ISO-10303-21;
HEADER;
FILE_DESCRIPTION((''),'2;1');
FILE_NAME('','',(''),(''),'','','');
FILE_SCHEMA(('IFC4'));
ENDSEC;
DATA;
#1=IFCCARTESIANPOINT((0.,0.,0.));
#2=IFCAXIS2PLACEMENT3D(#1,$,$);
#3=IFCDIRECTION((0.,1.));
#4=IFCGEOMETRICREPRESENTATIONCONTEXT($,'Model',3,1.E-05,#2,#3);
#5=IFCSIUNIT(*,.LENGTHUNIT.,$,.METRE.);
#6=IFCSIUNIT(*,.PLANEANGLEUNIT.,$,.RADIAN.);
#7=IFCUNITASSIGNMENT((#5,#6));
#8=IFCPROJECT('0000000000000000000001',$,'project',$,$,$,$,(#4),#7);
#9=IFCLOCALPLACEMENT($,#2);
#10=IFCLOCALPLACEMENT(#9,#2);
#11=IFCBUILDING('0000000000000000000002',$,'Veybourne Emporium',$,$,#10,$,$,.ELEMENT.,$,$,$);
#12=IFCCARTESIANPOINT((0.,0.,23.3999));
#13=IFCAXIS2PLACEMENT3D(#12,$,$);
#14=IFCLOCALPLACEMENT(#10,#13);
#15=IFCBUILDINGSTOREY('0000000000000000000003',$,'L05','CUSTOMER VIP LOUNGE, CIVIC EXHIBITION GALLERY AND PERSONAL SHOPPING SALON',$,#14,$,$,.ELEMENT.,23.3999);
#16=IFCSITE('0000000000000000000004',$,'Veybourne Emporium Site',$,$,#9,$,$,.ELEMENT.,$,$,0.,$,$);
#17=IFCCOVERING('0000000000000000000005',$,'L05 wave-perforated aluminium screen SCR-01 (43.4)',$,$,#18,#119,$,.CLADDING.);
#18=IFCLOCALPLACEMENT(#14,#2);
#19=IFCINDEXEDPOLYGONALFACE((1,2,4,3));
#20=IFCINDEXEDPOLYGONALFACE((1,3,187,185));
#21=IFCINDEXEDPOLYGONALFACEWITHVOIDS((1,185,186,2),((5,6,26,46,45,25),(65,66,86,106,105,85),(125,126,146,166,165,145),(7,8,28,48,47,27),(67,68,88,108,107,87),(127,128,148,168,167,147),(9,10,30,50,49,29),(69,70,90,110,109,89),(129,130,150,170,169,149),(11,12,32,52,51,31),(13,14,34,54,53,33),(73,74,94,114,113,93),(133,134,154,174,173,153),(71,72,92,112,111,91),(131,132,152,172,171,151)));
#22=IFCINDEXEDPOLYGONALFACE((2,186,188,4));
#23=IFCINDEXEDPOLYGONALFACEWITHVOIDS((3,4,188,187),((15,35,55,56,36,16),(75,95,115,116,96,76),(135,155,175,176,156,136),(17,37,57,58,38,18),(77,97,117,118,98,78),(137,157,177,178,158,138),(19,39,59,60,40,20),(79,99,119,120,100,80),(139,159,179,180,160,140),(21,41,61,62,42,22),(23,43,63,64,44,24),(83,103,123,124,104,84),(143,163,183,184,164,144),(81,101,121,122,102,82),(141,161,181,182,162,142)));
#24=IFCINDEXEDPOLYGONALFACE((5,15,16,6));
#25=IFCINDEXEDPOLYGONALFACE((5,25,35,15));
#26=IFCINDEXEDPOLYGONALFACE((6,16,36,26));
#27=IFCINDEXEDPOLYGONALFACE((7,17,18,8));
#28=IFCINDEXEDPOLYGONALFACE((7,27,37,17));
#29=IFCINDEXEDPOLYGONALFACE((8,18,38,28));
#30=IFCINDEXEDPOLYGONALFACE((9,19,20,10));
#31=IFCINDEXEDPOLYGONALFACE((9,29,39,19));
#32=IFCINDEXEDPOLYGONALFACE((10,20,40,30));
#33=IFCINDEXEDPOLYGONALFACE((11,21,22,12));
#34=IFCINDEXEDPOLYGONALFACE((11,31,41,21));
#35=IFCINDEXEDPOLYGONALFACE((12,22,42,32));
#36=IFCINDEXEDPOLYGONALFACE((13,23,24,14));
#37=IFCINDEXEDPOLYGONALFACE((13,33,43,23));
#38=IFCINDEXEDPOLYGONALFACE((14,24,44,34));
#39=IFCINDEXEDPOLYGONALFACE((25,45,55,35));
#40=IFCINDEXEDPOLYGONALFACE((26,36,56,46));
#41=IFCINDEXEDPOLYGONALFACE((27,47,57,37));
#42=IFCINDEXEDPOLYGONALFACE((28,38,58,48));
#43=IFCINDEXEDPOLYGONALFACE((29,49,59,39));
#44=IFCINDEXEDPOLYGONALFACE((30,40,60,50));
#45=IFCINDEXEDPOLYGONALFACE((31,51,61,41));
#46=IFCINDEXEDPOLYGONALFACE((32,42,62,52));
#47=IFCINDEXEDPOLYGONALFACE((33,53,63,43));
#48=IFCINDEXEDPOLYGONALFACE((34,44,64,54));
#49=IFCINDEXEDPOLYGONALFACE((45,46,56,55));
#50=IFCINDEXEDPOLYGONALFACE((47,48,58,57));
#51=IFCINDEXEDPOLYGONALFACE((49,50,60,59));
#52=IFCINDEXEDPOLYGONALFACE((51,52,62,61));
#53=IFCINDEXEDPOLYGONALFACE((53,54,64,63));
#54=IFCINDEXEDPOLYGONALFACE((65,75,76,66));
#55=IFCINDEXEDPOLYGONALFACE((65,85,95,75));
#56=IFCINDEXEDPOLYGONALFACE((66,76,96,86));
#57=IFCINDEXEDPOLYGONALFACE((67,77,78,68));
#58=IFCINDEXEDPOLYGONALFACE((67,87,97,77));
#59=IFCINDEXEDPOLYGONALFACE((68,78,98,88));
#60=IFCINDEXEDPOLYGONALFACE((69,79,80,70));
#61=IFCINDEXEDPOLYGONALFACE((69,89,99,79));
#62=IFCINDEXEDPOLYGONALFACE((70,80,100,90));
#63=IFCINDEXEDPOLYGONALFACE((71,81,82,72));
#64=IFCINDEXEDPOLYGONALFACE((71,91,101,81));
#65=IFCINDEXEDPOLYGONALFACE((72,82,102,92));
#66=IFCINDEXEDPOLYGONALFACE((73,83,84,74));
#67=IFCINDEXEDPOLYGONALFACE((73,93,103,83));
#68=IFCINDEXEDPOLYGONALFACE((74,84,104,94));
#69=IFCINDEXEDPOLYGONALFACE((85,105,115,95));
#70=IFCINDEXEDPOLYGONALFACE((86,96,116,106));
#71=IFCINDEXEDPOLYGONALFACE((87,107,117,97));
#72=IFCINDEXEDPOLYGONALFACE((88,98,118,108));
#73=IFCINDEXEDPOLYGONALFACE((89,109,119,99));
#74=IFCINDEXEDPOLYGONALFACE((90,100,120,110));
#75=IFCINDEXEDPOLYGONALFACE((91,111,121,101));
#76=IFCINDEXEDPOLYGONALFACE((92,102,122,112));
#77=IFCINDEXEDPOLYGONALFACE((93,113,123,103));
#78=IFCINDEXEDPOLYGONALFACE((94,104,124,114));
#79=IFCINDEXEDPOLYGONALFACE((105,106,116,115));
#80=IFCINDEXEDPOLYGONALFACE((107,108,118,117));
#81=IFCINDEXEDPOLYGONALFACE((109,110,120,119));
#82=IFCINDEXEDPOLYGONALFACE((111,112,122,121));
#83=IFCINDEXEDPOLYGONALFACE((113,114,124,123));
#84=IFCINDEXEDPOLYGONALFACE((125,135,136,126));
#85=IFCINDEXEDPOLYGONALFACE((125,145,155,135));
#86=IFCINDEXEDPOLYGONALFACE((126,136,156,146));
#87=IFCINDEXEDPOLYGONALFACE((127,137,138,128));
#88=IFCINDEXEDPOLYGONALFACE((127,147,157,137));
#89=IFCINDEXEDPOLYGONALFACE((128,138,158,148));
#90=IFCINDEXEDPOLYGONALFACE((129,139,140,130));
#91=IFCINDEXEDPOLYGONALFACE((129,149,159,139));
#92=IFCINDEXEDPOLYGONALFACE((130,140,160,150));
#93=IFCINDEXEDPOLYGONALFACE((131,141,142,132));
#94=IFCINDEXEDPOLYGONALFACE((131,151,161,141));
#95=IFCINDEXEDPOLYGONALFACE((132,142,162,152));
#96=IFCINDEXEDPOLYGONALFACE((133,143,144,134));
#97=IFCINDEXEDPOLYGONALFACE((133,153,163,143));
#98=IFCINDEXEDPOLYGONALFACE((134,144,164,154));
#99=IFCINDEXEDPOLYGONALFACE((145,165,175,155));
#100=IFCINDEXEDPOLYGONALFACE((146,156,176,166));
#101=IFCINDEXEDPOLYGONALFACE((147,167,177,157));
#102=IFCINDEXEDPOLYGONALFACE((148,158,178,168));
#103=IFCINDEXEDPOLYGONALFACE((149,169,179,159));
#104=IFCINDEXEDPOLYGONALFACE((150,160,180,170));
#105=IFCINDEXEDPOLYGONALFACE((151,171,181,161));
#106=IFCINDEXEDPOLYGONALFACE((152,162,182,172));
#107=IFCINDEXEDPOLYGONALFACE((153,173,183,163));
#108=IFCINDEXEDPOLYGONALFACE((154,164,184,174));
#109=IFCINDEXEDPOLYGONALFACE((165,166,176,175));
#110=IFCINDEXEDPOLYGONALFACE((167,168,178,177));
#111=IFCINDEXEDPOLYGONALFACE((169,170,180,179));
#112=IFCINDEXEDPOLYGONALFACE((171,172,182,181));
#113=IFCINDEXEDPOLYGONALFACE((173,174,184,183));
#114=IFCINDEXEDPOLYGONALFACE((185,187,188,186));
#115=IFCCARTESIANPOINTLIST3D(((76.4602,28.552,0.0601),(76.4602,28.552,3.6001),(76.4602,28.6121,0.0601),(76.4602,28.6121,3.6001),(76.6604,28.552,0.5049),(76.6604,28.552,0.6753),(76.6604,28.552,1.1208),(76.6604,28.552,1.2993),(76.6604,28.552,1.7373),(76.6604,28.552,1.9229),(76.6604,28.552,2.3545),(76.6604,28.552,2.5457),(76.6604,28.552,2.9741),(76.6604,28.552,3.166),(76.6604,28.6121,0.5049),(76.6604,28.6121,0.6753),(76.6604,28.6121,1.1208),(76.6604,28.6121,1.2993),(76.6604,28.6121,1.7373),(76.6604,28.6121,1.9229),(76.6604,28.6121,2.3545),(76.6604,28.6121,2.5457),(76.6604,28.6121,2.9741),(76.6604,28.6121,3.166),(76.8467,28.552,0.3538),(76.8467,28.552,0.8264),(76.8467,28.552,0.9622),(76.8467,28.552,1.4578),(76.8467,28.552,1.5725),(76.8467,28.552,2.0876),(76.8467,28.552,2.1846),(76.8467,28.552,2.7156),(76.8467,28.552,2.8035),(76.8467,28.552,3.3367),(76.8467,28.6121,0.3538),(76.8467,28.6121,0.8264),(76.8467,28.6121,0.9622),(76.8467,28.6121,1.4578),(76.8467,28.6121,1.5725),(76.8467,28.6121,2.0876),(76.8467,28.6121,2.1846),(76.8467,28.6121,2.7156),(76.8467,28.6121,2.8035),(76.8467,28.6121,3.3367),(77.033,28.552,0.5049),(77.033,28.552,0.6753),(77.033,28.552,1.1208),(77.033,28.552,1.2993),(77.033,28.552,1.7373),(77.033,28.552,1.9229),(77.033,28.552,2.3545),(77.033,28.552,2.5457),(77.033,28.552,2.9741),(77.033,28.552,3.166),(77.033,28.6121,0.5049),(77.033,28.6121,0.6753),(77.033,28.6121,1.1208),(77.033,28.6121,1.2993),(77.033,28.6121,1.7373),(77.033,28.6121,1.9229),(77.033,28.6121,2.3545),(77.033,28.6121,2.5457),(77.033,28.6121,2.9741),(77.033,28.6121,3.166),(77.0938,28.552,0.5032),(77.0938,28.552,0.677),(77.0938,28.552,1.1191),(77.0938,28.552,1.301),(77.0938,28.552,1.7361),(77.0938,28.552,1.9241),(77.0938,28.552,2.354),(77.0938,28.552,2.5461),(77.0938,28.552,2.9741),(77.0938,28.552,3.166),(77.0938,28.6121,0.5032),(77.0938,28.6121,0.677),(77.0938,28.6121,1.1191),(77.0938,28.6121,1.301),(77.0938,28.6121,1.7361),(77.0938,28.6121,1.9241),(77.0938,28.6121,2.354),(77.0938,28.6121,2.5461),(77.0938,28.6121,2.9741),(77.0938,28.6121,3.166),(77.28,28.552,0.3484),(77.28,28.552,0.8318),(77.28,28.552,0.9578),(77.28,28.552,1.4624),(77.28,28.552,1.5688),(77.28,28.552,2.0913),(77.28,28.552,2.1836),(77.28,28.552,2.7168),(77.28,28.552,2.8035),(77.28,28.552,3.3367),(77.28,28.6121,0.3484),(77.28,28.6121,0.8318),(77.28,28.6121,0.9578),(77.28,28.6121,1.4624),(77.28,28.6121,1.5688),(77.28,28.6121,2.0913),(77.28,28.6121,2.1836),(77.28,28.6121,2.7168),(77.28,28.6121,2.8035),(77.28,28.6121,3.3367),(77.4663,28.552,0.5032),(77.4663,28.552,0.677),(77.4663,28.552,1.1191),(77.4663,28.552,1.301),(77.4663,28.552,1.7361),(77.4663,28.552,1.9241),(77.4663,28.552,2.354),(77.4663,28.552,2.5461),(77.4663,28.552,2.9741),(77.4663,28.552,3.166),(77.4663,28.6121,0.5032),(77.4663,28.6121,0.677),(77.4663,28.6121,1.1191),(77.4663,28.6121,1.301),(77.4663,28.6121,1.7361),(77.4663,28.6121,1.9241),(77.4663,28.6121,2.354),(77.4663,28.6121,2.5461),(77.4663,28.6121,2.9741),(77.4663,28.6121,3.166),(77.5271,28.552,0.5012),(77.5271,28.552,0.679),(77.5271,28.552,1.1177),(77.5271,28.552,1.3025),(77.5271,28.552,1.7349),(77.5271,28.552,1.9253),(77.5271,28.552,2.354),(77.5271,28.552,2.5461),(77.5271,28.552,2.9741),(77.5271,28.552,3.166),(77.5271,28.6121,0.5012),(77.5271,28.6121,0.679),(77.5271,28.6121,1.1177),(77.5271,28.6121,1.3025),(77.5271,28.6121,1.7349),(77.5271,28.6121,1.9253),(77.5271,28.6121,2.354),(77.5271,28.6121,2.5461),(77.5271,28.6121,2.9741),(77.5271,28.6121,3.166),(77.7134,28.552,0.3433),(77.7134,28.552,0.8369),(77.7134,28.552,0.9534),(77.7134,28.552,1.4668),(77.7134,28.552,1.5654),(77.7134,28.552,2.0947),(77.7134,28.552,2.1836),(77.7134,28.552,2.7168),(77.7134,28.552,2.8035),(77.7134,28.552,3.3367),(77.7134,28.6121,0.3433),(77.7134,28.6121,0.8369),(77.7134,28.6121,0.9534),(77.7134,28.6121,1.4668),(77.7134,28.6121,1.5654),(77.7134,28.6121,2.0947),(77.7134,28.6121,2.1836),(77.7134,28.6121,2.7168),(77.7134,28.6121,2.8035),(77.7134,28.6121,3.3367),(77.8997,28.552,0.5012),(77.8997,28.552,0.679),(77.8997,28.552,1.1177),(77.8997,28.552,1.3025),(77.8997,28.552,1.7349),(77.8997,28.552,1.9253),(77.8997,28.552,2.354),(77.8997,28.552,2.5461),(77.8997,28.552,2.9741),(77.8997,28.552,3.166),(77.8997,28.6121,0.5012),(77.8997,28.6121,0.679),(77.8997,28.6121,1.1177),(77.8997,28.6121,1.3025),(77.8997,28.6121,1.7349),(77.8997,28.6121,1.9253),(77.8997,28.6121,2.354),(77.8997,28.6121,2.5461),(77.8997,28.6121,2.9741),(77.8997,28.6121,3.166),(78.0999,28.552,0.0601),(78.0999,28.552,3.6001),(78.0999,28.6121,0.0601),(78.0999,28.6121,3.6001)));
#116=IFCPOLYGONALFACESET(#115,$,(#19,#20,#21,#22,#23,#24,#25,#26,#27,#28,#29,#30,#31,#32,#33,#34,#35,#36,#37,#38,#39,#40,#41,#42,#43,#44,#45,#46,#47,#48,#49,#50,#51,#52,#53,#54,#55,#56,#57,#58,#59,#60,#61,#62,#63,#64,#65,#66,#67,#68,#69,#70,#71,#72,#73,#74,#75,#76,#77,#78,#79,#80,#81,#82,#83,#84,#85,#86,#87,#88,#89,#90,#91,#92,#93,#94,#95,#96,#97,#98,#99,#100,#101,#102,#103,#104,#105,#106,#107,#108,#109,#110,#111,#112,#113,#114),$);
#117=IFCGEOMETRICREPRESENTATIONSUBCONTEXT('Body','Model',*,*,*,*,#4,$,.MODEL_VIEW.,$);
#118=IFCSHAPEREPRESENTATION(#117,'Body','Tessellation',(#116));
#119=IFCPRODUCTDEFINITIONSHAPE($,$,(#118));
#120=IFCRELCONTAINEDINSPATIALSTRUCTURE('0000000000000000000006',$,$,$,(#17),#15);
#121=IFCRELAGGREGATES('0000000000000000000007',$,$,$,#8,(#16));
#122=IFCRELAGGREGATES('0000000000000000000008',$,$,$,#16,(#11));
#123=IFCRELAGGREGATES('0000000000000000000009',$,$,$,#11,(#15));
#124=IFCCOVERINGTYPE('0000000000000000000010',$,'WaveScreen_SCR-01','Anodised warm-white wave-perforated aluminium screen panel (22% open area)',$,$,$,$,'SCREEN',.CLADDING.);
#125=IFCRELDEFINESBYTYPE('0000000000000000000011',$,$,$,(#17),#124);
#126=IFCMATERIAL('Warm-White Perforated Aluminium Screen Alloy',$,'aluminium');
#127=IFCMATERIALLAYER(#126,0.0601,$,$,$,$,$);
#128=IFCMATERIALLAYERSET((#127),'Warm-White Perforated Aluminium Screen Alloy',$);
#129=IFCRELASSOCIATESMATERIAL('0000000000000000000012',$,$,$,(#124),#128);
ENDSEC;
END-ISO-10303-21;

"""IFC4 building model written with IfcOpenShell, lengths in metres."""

from ifc_helpers import new_model, si_unit, direction, frame, origin, place, context, subcontext, project, spatial, polyline, outline, extrude, material, layer, layer_set, type_object, element, save


model = new_model("IFC4")

# Units and contexts
model_context = context("Model", 3, precision=1e-05, world=origin(), true_north=direction((0.0, 1.0)))
body_context = subcontext(model_context, "Body", "Model", "MODEL_VIEW")
ifc_project = project(units=[si_unit("LENGTHUNIT", "METRE"), si_unit("PLANEANGLEUNIT", "RADIAN")], contexts=[model_context])

# Site, building, storey
site_placement = place(None, origin())
site = spatial("IfcSite", under=ifc_project, at=site_placement, Name="Veybourne Emporium Site", CompositionType="ELEMENT", RefElevation=0.0)
building_placement = place(site_placement, origin())
building = spatial("IfcBuilding", under=site, at=building_placement, Name="Veybourne Emporium", CompositionType="ELEMENT")
storey_placement = place(building_placement, frame((0.0, 0.0, 23.3999)))
storey = spatial("IfcBuildingStorey", under=building, at=storey_placement, Name="L05", Description="CUSTOMER VIP LOUNGE, CIVIC EXHIBITION GALLERY AND PERSONAL SHOPPING SALON", CompositionType="ELEMENT", Elevation=23.3999)

# Covering
ifc_material_1 = material(Name="Warm-White Perforated Aluminium Screen Alloy", Category="aluminium")
ifc_layer_1 = layer(ifc_material_1, 0.0601)
ifc_layer_set_1 = layer_set([ifc_layer_1], Name="Warm-White Perforated Aluminium Screen Alloy")
covering_type_1 = type_object("IfcCoveringType", Name="WaveScreen_SCR-01", Description="Anodised warm-white wave-perforated aluminium screen panel (22% open area)", ElementType="SCREEN", PredefinedType="CLADDING", material=ifc_layer_set_1)
covering_1_placement = place(storey_placement, frame((77.28, 28.552, 1.8301), z_axis=(0.0, 1.0, 0.0), x_axis=(-1.0, 0.0, 0.0)))
element("IfcCovering", 1, at=covering_1_placement, inside=storey, type_object=covering_type_1, Name="L05 wave-perforated aluminium screen SCR-01 (43.4)", PredefinedType="CLADDING", context=body_context, shape_type="SweptSolid", body=[
    extrude(outline(polyline([(-0.8198, -1.77), (0.8198, -1.77), (0.8198, 1.77), (-0.8198, 1.77), (-0.8198, -1.77)]), holes=[polyline([(-0.4333, -0.9932), (-0.2471, -1.1511), (-0.2471, -1.3289), (-0.4333, -1.4868), (-0.6196, -1.3289), (-0.6196, -1.1511), (-0.4333, -0.9932)]), polyline([(-0.4333, -0.3633), (-0.2471, -0.5276), (-0.2471, -0.7124), (-0.4333, -0.8767), (-0.6196, -0.7124), (-0.6196, -0.5276), (-0.4333, -0.3633)]), polyline([(-0.4333, 0.2646), (-0.2471, 0.0952), (-0.2471, -0.0952), (-0.4333, -0.2646), (-0.6196, -0.0952), (-0.6196, 0.0952), (-0.4333, 0.2646)]), polyline([(-0.4333, 0.8867), (-0.2471, 0.7161), (-0.2471, 0.5239), (-0.4333, 0.3535), (-0.6196, 0.5239), (-0.6196, 0.7161), (-0.4333, 0.8867)]), polyline([(-0.4333, 1.5066), (-0.2471, 1.3359), (-0.2471, 1.144), (-0.4333, 0.9734), (-0.6196, 1.144), (-0.6196, 1.3359), (-0.4333, 1.5066)]), polyline([(0.0, -0.9983), (0.1863, -1.1531), (0.1863, -1.3269), (0.0, -1.4817), (-0.1863, -1.3269), (-0.1863, -1.1531), (0.0, -0.9983)]), polyline([(0.0, -0.3677), (0.1863, -0.5291), (0.1863, -0.7109), (0.0, -0.8723), (-0.1863, -0.7109), (-0.1863, -0.5291), (0.0, -0.3677)]), polyline([(0.0, 0.2612), (0.1863, 0.094), (0.1863, -0.094), (0.0, -0.2612), (-0.1863, -0.094), (-0.1863, 0.094), (0.0, 0.2612)]), polyline([(0.0, 0.8867), (0.1863, 0.7161), (0.1863, 0.5239), (0.0, 0.3535), (-0.1863, 0.5239), (-0.1863, 0.7161), (0.0, 0.8867)]), polyline([(0.0, 1.5066), (0.1863, 1.3359), (0.1863, 1.144), (0.0, 0.9734), (-0.1863, 1.144), (-0.1863, 1.3359), (0.0, 1.5066)]), polyline([(0.4333, -1.0037), (0.6196, -1.1548), (0.6196, -1.3252), (0.4333, -1.4763), (0.2471, -1.3252), (0.2471, -1.1548), (0.4333, -1.0037)]), polyline([(0.4333, -0.3723), (0.6196, -0.5308), (0.6196, -0.7092), (0.4333, -0.8679), (0.2471, -0.7092), (0.2471, -0.5308), (0.4333, -0.3723)]), polyline([(0.4333, 0.2576), (0.6196, 0.0928), (0.6196, -0.0928), (0.4333, -0.2576), (0.2471, -0.0928), (0.2471, 0.0928), (0.4333, 0.2576)]), polyline([(0.4333, 0.8855), (0.6196, 0.7156), (0.6196, 0.5244), (0.4333, 0.3545), (0.2471, 0.5244), (0.2471, 0.7156), (0.4333, 0.8855)]), polyline([(0.4333, 1.5066), (0.6196, 1.3359), (0.6196, 1.144), (0.4333, 0.9734), (0.2471, 1.144), (0.2471, 1.3359), (0.4333, 1.5066)])]), origin(), (0.0, 0.0, 1.0), 0.0601),
])

save(model, "model.ifc")
